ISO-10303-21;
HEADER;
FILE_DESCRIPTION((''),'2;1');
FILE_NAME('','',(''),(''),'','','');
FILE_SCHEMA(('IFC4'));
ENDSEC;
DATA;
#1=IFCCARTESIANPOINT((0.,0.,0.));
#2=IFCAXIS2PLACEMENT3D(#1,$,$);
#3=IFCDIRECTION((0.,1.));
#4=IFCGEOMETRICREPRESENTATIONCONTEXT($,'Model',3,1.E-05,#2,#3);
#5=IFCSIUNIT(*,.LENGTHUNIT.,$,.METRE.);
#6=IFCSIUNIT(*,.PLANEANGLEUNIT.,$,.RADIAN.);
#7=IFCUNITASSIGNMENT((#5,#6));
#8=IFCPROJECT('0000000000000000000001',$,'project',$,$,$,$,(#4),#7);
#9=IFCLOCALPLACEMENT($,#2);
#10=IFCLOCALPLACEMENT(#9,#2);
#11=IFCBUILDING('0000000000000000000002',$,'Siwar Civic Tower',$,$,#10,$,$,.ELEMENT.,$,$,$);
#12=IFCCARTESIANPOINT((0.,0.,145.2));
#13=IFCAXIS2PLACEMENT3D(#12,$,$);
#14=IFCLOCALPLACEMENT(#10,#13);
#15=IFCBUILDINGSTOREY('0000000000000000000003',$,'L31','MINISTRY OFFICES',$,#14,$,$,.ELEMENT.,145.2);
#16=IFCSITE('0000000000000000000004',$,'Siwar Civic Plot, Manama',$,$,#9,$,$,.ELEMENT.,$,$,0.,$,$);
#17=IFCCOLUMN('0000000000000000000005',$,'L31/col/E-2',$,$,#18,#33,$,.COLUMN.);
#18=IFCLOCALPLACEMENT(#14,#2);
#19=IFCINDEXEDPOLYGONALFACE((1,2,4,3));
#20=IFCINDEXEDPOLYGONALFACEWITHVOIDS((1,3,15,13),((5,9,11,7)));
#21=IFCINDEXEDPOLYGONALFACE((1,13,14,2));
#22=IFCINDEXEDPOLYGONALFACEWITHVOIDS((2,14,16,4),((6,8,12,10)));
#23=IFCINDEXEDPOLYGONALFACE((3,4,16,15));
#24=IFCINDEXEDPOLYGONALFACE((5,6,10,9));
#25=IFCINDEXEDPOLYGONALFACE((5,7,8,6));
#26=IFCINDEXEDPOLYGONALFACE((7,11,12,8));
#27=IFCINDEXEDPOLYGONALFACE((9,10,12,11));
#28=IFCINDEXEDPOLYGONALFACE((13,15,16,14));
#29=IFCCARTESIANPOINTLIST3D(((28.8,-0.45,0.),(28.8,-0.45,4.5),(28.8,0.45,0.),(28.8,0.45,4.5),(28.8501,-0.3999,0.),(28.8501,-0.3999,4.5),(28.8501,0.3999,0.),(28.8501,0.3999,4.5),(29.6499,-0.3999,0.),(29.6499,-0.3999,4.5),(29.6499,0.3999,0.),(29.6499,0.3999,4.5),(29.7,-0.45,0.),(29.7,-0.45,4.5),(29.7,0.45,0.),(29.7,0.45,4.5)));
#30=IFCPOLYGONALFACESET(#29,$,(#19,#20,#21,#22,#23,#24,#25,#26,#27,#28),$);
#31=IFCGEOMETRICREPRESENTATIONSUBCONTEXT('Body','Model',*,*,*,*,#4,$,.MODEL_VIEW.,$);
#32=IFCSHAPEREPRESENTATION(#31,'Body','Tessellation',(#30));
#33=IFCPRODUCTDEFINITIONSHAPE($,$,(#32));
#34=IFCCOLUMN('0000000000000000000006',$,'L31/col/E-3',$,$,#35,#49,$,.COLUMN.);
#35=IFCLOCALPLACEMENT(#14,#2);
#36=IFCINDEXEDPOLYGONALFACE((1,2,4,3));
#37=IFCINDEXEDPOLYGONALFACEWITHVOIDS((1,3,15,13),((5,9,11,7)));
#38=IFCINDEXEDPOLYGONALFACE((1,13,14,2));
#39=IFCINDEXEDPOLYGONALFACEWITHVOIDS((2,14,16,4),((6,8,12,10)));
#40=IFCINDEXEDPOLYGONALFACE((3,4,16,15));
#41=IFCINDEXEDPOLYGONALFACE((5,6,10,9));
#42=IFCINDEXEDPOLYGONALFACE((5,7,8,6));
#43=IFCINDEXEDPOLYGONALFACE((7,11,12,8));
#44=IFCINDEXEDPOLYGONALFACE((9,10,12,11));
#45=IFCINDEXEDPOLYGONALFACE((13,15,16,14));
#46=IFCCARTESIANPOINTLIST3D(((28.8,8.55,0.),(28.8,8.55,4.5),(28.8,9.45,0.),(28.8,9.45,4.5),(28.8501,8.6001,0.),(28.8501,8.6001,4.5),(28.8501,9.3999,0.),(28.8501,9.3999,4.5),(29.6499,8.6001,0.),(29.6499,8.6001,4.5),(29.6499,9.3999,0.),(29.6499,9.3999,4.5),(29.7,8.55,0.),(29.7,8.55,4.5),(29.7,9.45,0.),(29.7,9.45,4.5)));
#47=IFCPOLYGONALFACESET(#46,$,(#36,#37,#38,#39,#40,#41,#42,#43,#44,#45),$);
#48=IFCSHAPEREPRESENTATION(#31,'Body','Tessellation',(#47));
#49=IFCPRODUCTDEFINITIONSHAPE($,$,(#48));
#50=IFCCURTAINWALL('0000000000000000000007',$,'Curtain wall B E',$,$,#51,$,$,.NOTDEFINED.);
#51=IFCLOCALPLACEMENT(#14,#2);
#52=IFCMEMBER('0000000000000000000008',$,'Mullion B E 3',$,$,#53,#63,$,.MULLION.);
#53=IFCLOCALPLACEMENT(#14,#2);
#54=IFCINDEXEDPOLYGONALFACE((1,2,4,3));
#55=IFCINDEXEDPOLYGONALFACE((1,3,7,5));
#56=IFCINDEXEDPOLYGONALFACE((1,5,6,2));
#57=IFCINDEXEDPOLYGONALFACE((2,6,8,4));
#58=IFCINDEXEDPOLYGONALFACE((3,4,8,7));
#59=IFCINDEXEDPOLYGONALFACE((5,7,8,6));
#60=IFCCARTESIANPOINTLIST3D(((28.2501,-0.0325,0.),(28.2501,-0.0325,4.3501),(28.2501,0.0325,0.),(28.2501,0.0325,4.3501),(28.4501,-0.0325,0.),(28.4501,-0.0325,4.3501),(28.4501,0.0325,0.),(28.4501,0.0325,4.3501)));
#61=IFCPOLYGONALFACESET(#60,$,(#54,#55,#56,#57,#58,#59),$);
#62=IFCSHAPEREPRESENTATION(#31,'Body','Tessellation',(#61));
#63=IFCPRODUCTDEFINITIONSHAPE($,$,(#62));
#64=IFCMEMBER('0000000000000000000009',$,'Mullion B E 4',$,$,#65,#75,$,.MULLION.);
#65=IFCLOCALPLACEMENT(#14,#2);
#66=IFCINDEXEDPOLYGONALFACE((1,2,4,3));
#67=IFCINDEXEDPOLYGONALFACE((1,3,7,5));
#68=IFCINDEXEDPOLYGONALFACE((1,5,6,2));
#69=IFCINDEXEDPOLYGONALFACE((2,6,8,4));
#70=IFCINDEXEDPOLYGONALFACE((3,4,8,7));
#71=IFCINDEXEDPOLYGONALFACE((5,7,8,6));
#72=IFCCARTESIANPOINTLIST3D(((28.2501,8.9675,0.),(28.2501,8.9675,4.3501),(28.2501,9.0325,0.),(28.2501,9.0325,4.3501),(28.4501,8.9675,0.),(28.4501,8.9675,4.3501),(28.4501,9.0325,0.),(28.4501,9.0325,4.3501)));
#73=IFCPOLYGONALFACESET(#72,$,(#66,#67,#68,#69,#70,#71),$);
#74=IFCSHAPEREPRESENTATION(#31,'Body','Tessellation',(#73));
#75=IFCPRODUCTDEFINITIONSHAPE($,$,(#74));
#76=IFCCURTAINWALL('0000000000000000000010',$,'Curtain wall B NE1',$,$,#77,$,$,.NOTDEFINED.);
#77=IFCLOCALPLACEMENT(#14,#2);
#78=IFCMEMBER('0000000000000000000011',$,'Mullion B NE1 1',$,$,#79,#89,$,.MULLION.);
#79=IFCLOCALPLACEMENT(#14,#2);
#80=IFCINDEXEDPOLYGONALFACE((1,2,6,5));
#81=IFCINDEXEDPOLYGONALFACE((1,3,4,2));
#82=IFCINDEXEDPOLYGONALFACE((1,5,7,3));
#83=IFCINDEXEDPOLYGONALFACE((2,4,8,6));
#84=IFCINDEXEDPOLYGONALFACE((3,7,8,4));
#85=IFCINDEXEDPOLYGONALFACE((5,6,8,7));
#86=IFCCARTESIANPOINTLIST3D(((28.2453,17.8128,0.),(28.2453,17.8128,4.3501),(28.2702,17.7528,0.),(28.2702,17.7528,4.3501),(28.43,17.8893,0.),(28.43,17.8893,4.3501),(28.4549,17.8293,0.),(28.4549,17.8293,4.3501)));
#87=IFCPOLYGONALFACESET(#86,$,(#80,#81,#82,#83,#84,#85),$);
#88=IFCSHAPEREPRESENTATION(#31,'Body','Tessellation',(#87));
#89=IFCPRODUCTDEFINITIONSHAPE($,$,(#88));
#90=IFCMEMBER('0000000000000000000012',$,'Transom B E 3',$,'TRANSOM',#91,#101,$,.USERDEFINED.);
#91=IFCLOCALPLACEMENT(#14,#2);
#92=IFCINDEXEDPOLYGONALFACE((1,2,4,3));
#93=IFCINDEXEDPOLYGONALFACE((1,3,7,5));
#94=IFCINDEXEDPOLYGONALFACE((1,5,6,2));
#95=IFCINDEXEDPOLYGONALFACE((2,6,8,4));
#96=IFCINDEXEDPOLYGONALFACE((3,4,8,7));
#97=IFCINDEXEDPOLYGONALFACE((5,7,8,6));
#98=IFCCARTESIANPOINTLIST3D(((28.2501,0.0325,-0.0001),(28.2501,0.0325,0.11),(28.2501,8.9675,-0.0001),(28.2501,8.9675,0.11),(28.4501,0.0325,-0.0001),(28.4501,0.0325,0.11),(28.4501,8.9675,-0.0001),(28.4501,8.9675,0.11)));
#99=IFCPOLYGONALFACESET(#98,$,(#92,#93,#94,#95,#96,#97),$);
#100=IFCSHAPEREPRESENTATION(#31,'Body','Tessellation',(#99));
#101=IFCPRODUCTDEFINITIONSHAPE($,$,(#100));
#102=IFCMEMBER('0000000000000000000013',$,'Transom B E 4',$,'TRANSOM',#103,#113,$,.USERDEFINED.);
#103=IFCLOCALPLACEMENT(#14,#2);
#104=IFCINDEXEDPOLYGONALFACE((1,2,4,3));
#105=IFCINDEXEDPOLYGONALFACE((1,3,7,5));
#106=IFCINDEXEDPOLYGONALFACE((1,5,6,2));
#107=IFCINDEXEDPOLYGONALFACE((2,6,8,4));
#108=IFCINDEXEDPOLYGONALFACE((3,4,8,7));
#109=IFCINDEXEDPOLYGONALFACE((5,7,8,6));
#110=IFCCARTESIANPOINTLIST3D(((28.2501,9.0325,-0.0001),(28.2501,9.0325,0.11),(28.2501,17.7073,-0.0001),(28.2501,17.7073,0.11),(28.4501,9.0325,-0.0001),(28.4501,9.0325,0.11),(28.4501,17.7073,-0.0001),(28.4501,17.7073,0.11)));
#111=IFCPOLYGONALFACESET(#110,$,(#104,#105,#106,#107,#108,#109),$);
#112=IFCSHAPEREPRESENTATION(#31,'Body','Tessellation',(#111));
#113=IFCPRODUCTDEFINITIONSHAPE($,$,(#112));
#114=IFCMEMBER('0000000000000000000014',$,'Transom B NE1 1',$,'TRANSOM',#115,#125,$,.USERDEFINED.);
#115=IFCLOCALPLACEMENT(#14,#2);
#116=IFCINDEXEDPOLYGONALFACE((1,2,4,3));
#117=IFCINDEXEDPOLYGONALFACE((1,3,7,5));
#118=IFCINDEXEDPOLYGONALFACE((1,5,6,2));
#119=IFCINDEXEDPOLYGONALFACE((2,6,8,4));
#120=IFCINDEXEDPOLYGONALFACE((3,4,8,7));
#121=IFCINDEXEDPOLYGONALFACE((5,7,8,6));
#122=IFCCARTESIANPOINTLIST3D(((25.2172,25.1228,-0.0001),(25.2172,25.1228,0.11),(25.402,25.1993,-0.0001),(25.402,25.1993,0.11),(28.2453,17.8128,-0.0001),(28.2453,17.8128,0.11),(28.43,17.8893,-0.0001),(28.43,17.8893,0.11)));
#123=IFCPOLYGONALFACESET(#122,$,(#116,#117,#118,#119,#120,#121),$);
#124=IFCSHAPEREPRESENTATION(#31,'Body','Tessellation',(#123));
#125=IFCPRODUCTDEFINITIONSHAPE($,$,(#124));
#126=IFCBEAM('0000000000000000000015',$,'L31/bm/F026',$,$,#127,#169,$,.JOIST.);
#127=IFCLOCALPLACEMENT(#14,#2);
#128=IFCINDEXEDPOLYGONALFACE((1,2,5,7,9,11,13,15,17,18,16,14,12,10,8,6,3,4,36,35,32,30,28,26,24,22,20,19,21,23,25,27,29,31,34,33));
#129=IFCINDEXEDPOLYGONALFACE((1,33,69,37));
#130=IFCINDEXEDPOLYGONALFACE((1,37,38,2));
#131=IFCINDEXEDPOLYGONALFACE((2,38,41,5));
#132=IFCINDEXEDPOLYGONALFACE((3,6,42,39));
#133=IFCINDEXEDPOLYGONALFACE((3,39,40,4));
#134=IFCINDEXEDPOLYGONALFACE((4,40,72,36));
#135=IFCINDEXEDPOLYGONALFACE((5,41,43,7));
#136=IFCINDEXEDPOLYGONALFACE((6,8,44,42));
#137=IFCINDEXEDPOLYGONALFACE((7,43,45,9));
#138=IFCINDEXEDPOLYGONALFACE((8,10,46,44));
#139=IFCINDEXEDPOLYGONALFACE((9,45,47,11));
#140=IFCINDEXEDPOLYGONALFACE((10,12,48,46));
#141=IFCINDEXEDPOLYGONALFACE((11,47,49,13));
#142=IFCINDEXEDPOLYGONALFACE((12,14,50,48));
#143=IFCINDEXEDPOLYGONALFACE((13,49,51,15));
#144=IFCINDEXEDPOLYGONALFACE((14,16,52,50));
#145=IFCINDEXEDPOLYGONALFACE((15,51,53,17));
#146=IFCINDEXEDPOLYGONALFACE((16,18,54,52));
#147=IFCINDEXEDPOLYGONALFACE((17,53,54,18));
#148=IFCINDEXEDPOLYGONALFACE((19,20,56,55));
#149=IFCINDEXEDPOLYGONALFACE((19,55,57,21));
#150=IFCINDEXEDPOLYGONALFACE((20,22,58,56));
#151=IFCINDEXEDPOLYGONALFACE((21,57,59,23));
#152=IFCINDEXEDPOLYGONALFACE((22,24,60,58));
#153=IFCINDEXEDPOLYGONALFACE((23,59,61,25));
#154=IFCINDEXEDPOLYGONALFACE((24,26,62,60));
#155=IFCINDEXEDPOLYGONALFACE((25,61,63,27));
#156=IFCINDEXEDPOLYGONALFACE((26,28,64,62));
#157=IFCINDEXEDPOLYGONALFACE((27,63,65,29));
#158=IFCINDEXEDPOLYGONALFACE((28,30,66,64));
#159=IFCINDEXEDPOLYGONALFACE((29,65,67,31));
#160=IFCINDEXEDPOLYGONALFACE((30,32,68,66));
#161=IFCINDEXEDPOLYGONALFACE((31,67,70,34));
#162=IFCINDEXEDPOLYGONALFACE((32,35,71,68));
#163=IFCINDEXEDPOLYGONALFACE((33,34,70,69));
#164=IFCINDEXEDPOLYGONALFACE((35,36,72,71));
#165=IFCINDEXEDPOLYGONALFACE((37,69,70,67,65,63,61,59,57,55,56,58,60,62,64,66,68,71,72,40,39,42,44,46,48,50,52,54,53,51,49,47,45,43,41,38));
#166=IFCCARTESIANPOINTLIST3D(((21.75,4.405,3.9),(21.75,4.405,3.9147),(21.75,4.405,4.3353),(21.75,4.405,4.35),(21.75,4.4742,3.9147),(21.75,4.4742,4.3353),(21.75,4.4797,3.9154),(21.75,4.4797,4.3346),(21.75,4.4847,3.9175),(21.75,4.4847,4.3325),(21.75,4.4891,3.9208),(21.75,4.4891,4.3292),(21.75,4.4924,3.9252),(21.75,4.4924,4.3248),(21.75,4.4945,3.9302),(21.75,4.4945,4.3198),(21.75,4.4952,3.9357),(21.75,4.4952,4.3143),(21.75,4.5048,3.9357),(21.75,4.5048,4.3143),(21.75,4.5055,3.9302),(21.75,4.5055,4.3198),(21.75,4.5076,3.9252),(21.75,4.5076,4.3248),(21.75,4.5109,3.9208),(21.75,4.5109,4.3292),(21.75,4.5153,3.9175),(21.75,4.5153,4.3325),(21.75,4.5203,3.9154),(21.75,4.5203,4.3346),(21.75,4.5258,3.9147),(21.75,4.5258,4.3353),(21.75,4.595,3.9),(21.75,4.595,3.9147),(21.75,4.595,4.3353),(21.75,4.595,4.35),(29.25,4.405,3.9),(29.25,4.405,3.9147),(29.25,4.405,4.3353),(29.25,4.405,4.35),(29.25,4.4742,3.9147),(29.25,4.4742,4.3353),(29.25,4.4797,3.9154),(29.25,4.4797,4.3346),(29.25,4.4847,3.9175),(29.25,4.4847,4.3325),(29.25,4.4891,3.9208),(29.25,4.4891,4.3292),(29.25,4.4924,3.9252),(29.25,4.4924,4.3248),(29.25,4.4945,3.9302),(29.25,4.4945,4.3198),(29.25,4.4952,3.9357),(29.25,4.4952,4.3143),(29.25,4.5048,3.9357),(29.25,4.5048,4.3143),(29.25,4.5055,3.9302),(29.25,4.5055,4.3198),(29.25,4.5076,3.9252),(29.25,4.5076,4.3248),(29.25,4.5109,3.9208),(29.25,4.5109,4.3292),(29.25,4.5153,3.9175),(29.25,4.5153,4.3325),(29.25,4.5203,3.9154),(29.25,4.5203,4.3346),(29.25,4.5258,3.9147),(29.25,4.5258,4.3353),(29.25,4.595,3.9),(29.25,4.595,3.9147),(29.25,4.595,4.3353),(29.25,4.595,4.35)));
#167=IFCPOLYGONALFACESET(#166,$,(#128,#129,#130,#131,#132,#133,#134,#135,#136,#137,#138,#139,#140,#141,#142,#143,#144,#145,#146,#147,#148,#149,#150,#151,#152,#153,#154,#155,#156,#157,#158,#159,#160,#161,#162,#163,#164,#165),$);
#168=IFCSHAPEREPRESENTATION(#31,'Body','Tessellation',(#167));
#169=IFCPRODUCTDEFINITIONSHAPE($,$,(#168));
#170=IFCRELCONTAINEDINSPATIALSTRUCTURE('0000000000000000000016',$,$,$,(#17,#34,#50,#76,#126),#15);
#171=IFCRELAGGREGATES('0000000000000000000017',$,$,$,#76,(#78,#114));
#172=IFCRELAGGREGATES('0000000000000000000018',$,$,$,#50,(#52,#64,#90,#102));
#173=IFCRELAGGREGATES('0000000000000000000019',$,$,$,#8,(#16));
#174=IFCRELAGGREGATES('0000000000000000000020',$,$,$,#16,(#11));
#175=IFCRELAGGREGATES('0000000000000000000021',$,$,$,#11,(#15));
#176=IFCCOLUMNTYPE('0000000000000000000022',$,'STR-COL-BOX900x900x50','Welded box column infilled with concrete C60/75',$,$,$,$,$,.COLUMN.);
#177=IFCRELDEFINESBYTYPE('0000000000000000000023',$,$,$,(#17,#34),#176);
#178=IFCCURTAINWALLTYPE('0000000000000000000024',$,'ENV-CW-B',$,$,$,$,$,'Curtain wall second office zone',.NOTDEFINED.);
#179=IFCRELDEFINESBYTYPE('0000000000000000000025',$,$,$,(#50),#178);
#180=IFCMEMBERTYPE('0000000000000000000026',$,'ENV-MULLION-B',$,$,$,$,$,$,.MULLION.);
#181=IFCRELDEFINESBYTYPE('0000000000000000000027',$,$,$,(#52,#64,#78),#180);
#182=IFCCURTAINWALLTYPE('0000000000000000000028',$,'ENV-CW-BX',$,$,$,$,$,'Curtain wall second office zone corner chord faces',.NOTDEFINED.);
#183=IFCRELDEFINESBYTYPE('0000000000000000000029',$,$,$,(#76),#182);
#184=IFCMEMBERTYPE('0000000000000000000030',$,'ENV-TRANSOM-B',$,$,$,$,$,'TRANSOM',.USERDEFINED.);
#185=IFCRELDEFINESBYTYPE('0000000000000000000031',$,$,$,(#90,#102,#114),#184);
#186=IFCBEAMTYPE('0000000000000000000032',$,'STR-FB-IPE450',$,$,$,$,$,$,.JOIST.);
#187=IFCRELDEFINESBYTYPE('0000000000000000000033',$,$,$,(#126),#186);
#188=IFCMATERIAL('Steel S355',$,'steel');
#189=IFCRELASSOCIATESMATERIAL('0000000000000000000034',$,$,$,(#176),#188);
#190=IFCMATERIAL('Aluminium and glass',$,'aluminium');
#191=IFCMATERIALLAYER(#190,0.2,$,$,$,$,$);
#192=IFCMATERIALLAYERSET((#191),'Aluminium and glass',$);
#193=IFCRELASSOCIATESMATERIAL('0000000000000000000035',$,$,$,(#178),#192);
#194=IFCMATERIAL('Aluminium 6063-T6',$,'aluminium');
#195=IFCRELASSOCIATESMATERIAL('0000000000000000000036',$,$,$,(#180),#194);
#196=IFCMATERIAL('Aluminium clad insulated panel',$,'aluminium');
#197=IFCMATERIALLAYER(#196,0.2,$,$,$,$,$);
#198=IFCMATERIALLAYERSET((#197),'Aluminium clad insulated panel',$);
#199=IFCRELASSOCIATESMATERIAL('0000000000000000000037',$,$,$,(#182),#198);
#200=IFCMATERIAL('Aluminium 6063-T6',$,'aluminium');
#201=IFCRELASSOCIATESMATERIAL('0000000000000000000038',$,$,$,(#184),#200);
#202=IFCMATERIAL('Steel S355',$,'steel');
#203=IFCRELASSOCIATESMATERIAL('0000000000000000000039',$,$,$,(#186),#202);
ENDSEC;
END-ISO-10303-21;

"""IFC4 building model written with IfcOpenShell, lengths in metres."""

from ifc_helpers import new_model, si_unit, direction, frame, origin, origin_2d, place, context, subcontext, project, spatial, rectangle, hollow_rectangle, i_section, extrude, material, layer, layer_set, material_profile, profile_set, type_object, element, aggregate, save


model = new_model("IFC4")

# Units and contexts
model_context = context("Model", 3, precision=1e-05, world=origin(), true_north=direction((0.0, 1.0)))
body_context = subcontext(model_context, "Body", "Model", "MODEL_VIEW")
ifc_project = project(units=[si_unit("LENGTHUNIT", "METRE"), si_unit("PLANEANGLEUNIT", "RADIAN")], contexts=[model_context])

# Site, building, storey
site_placement = place(None, origin())
site = spatial("IfcSite", under=ifc_project, at=site_placement, Name="Siwar Civic Plot, Manama", CompositionType="ELEMENT", RefElevation=0.0)
building_placement = place(site_placement, origin())
building = spatial("IfcBuilding", under=site, at=building_placement, Name="Siwar Civic Tower", CompositionType="ELEMENT")
storey_placement = place(building_placement, frame((0.0, 0.0, 145.2)))
storey = spatial("IfcBuildingStorey", under=building, at=storey_placement, Name="L31", Description="MINISTRY OFFICES", CompositionType="ELEMENT", Elevation=145.2)

# Columns
ifc_material_1 = material(Name="Steel S355", Category="steel")
ifc_material_profile_1 = material_profile(ifc_material_1, hollow_rectangle(XDim=0.8999, YDim=0.8999, WallThickness=0.05, at=origin_2d()), Name="BOX900x900x50")
ifc_profile_set_1 = profile_set([ifc_material_profile_1], Name="Steel S355")
column_type = type_object("IfcColumnType", Name="STR-COL-BOX900x900x50", Description="Welded box column infilled with concrete C60/75", PredefinedType="COLUMN", material=ifc_profile_set_1)
for number, where, z_axis, x_axis, name in (
    (1, (29.25, 0.0, 0.0), (0.0, 0.0, 1.0), (1.0, 0.0, 0.0), "L31/col/E-2"),
    (2, (29.25, 9.0, 0.0), (0.0, 0.0, 1.0), (1.0, 0.0, 0.0), "L31/col/E-3"),
):
    element("IfcColumn", number, at=place(storey_placement, frame(where, z_axis=z_axis, x_axis=x_axis)), inside=storey, type_object=column_type, Name=name, PredefinedType="COLUMN", context=body_context, shape_type="SweptSolid", body=[
        extrude(hollow_rectangle(XDim=0.8999, YDim=0.8999, WallThickness=0.05, at=origin_2d()), origin(), (0.0, 0.0, 1.0), 4.5),
    ])

# Curtain wall, members
ifc_material_2 = material(Name="Aluminium and glass", Category="aluminium")
ifc_layer_1 = layer(ifc_material_2, 0.2)
ifc_layer_set_1 = layer_set([ifc_layer_1], Name="Aluminium and glass")
curtain_wall_type_1 = type_object("IfcCurtainWallType", Name="ENV-CW-B", ElementType="Curtain wall second office zone", PredefinedType="NOTDEFINED", material=ifc_layer_set_1)
curtain_wall_1_placement = place(storey_placement, origin())
curtain_wall_1 = element("IfcCurtainWall", 3, at=curtain_wall_1_placement, inside=storey, type_object=curtain_wall_type_1, Name="Curtain wall B E", PredefinedType="NOTDEFINED")
ifc_material_3 = material(Name="Aluminium 6063-T6", Category="aluminium")
ifc_material_profile_2 = material_profile(ifc_material_3, rectangle(XDim=0.2, YDim=0.0649, at=origin_2d()), Name="AL 200x65")
ifc_profile_set_2 = profile_set([ifc_material_profile_2], Name="Aluminium 6063-T6")
member_type_1 = type_object("IfcMemberType", Name="ENV-MULLION-B", PredefinedType="MULLION", material=ifc_profile_set_2)
member_1_placement = place(storey_placement, frame((28.3501, 0.0, 0.0), z_axis=(0.0, 0.0, 1.0), x_axis=(-1.0, 0.0, 0.0)))
member_1 = element("IfcMember", 4, at=member_1_placement, type_object=member_type_1, Name="Mullion B E 3", PredefinedType="MULLION", context=body_context, shape_type="SweptSolid", body=[
    extrude(rectangle(XDim=0.2, YDim=0.0649, at=origin_2d()), origin(), (0.0, 0.0, 1.0), 4.3501),
])
member_2_placement = place(storey_placement, frame((28.3501, 9.0, 0.0), z_axis=(0.0, 0.0, 1.0), x_axis=(-1.0, 0.0, 0.0)))
member_2 = element("IfcMember", 5, at=member_2_placement, type_object=member_type_1, Name="Mullion B E 4", PredefinedType="MULLION", context=body_context, shape_type="SweptSolid", body=[
    extrude(rectangle(XDim=0.2, YDim=0.0649, at=origin_2d()), origin(), (0.0, 0.0, 1.0), 4.3501),
])

# Curtain wall, member
ifc_material_4 = material(Name="Aluminium clad insulated panel", Category="aluminium")
ifc_layer_2 = layer(ifc_material_4, 0.2)
ifc_layer_set_2 = layer_set([ifc_layer_2], Name="Aluminium clad insulated panel")
curtain_wall_type_2 = type_object("IfcCurtainWallType", Name="ENV-CW-BX", ElementType="Curtain wall second office zone corner chord faces", PredefinedType="NOTDEFINED", material=ifc_layer_set_2)
curtain_wall_2_placement = place(storey_placement, origin())
curtain_wall_2 = element("IfcCurtainWall", 6, at=curtain_wall_2_placement, inside=storey, type_object=curtain_wall_type_2, Name="Curtain wall B NE1", PredefinedType="NOTDEFINED")
member_3_placement = place(storey_placement, frame((28.3501, 17.821, 0.0), z_axis=(0.0, 0.0, 1.0), x_axis=(-0.92388, -0.382683, 0.0)))
member_3 = element("IfcMember", 7, at=member_3_placement, type_object=member_type_1, Name="Mullion B NE1 1", PredefinedType="MULLION", context=body_context, shape_type="SweptSolid", body=[
    extrude(rectangle(XDim=0.2, YDim=0.0649, at=origin_2d()), origin(), (0.0, 0.0, 1.0), 4.3501),
])

# Members
ifc_material_5 = material(Name="Aluminium 6063-T6", Category="aluminium")
ifc_material_profile_3 = material_profile(ifc_material_5, rectangle(XDim=0.2, YDim=0.1101, at=origin_2d()), Name="AL 200x110")
ifc_profile_set_3 = profile_set([ifc_material_profile_3], Name="Aluminium 6063-T6")
member_type_2 = type_object("IfcMemberType", Name="ENV-TRANSOM-B", ElementType="TRANSOM", PredefinedType="USERDEFINED", material=ifc_profile_set_3)
member_4_placement = place(storey_placement, frame((28.3501, 0.0325, 0.0549), z_axis=(0.0, 1.0, 0.0), x_axis=(-1.0, 0.0, 0.0)))
member_4 = element("IfcMember", 8, at=member_4_placement, type_object=member_type_2, Name="Transom B E 3", ObjectType="TRANSOM", PredefinedType="USERDEFINED", context=body_context, shape_type="SweptSolid", body=[
    extrude(rectangle(XDim=0.2, YDim=0.1101, at=origin_2d()), origin(), (0.0, 0.0, 1.0), 8.9351),
])
member_5_placement = place(storey_placement, frame((28.3501, 9.0325, 0.0549), z_axis=(0.0, 1.0, 0.0), x_axis=(-1.0, 0.0, 0.0)))
member_5 = element("IfcMember", 9, at=member_5_placement, type_object=member_type_2, Name="Transom B E 4", ObjectType="TRANSOM", PredefinedType="USERDEFINED", context=body_context, shape_type="SweptSolid", body=[
    extrude(rectangle(XDim=0.2, YDim=0.1101, at=origin_2d()), origin(), (0.0, 0.0, 1.0), 8.6748),
])
member_6_placement = place(storey_placement, frame((28.3376, 17.8511, 0.0549), z_axis=(-0.3827, 0.923873, 0.0), x_axis=(-0.923873, -0.3827, 0.0)))
member_6 = element("IfcMember", 10, at=member_6_placement, type_object=member_type_2, Name="Transom B NE1 1", ObjectType="TRANSOM", PredefinedType="USERDEFINED", context=body_context, shape_type="SweptSolid", body=[
    extrude(rectangle(XDim=0.2, YDim=0.1101, at=origin_2d()), origin(), (0.0, 0.0, 1.0), 7.9124),
])
aggregate(curtain_wall_2, [member_3, member_6])

# Beam
ifc_material_6 = material(Name="Steel S355", Category="steel")
ifc_material_profile_4 = material_profile(ifc_material_6, i_section(OverallWidth=0.1899, OverallDepth=0.45, WebThickness=0.0095, FlangeThickness=0.0146, FilletRadius=0.021, at=origin_2d()), Name="IPE450")
ifc_profile_set_4 = profile_set([ifc_material_profile_4], Name="Steel S355")
beam_type_1 = type_object("IfcBeamType", Name="STR-FB-IPE450", PredefinedType="JOIST", material=ifc_profile_set_4)
for number, where, z_axis, x_axis, name in (
    (11, (21.75, 4.5, 4.125), (1.0, 0.0, 0.0), (0.0, 1.0, 0.0), "L31/bm/F026"),
):
    element("IfcBeam", number, at=place(storey_placement, frame(where, z_axis=z_axis, x_axis=x_axis)), inside=storey, type_object=beam_type_1, Name=name, PredefinedType="JOIST", context=body_context, shape_type="SweptSolid", body=[
        extrude(i_section(OverallWidth=0.1899, OverallDepth=0.45, WebThickness=0.0095, FlangeThickness=0.0146, FilletRadius=0.021, at=origin_2d()), origin(), (0.0, 0.0, 1.0), 7.5),
    ])

aggregate(curtain_wall_1, [member_1, member_2, member_4, member_5])

save(model, "model.ifc")
